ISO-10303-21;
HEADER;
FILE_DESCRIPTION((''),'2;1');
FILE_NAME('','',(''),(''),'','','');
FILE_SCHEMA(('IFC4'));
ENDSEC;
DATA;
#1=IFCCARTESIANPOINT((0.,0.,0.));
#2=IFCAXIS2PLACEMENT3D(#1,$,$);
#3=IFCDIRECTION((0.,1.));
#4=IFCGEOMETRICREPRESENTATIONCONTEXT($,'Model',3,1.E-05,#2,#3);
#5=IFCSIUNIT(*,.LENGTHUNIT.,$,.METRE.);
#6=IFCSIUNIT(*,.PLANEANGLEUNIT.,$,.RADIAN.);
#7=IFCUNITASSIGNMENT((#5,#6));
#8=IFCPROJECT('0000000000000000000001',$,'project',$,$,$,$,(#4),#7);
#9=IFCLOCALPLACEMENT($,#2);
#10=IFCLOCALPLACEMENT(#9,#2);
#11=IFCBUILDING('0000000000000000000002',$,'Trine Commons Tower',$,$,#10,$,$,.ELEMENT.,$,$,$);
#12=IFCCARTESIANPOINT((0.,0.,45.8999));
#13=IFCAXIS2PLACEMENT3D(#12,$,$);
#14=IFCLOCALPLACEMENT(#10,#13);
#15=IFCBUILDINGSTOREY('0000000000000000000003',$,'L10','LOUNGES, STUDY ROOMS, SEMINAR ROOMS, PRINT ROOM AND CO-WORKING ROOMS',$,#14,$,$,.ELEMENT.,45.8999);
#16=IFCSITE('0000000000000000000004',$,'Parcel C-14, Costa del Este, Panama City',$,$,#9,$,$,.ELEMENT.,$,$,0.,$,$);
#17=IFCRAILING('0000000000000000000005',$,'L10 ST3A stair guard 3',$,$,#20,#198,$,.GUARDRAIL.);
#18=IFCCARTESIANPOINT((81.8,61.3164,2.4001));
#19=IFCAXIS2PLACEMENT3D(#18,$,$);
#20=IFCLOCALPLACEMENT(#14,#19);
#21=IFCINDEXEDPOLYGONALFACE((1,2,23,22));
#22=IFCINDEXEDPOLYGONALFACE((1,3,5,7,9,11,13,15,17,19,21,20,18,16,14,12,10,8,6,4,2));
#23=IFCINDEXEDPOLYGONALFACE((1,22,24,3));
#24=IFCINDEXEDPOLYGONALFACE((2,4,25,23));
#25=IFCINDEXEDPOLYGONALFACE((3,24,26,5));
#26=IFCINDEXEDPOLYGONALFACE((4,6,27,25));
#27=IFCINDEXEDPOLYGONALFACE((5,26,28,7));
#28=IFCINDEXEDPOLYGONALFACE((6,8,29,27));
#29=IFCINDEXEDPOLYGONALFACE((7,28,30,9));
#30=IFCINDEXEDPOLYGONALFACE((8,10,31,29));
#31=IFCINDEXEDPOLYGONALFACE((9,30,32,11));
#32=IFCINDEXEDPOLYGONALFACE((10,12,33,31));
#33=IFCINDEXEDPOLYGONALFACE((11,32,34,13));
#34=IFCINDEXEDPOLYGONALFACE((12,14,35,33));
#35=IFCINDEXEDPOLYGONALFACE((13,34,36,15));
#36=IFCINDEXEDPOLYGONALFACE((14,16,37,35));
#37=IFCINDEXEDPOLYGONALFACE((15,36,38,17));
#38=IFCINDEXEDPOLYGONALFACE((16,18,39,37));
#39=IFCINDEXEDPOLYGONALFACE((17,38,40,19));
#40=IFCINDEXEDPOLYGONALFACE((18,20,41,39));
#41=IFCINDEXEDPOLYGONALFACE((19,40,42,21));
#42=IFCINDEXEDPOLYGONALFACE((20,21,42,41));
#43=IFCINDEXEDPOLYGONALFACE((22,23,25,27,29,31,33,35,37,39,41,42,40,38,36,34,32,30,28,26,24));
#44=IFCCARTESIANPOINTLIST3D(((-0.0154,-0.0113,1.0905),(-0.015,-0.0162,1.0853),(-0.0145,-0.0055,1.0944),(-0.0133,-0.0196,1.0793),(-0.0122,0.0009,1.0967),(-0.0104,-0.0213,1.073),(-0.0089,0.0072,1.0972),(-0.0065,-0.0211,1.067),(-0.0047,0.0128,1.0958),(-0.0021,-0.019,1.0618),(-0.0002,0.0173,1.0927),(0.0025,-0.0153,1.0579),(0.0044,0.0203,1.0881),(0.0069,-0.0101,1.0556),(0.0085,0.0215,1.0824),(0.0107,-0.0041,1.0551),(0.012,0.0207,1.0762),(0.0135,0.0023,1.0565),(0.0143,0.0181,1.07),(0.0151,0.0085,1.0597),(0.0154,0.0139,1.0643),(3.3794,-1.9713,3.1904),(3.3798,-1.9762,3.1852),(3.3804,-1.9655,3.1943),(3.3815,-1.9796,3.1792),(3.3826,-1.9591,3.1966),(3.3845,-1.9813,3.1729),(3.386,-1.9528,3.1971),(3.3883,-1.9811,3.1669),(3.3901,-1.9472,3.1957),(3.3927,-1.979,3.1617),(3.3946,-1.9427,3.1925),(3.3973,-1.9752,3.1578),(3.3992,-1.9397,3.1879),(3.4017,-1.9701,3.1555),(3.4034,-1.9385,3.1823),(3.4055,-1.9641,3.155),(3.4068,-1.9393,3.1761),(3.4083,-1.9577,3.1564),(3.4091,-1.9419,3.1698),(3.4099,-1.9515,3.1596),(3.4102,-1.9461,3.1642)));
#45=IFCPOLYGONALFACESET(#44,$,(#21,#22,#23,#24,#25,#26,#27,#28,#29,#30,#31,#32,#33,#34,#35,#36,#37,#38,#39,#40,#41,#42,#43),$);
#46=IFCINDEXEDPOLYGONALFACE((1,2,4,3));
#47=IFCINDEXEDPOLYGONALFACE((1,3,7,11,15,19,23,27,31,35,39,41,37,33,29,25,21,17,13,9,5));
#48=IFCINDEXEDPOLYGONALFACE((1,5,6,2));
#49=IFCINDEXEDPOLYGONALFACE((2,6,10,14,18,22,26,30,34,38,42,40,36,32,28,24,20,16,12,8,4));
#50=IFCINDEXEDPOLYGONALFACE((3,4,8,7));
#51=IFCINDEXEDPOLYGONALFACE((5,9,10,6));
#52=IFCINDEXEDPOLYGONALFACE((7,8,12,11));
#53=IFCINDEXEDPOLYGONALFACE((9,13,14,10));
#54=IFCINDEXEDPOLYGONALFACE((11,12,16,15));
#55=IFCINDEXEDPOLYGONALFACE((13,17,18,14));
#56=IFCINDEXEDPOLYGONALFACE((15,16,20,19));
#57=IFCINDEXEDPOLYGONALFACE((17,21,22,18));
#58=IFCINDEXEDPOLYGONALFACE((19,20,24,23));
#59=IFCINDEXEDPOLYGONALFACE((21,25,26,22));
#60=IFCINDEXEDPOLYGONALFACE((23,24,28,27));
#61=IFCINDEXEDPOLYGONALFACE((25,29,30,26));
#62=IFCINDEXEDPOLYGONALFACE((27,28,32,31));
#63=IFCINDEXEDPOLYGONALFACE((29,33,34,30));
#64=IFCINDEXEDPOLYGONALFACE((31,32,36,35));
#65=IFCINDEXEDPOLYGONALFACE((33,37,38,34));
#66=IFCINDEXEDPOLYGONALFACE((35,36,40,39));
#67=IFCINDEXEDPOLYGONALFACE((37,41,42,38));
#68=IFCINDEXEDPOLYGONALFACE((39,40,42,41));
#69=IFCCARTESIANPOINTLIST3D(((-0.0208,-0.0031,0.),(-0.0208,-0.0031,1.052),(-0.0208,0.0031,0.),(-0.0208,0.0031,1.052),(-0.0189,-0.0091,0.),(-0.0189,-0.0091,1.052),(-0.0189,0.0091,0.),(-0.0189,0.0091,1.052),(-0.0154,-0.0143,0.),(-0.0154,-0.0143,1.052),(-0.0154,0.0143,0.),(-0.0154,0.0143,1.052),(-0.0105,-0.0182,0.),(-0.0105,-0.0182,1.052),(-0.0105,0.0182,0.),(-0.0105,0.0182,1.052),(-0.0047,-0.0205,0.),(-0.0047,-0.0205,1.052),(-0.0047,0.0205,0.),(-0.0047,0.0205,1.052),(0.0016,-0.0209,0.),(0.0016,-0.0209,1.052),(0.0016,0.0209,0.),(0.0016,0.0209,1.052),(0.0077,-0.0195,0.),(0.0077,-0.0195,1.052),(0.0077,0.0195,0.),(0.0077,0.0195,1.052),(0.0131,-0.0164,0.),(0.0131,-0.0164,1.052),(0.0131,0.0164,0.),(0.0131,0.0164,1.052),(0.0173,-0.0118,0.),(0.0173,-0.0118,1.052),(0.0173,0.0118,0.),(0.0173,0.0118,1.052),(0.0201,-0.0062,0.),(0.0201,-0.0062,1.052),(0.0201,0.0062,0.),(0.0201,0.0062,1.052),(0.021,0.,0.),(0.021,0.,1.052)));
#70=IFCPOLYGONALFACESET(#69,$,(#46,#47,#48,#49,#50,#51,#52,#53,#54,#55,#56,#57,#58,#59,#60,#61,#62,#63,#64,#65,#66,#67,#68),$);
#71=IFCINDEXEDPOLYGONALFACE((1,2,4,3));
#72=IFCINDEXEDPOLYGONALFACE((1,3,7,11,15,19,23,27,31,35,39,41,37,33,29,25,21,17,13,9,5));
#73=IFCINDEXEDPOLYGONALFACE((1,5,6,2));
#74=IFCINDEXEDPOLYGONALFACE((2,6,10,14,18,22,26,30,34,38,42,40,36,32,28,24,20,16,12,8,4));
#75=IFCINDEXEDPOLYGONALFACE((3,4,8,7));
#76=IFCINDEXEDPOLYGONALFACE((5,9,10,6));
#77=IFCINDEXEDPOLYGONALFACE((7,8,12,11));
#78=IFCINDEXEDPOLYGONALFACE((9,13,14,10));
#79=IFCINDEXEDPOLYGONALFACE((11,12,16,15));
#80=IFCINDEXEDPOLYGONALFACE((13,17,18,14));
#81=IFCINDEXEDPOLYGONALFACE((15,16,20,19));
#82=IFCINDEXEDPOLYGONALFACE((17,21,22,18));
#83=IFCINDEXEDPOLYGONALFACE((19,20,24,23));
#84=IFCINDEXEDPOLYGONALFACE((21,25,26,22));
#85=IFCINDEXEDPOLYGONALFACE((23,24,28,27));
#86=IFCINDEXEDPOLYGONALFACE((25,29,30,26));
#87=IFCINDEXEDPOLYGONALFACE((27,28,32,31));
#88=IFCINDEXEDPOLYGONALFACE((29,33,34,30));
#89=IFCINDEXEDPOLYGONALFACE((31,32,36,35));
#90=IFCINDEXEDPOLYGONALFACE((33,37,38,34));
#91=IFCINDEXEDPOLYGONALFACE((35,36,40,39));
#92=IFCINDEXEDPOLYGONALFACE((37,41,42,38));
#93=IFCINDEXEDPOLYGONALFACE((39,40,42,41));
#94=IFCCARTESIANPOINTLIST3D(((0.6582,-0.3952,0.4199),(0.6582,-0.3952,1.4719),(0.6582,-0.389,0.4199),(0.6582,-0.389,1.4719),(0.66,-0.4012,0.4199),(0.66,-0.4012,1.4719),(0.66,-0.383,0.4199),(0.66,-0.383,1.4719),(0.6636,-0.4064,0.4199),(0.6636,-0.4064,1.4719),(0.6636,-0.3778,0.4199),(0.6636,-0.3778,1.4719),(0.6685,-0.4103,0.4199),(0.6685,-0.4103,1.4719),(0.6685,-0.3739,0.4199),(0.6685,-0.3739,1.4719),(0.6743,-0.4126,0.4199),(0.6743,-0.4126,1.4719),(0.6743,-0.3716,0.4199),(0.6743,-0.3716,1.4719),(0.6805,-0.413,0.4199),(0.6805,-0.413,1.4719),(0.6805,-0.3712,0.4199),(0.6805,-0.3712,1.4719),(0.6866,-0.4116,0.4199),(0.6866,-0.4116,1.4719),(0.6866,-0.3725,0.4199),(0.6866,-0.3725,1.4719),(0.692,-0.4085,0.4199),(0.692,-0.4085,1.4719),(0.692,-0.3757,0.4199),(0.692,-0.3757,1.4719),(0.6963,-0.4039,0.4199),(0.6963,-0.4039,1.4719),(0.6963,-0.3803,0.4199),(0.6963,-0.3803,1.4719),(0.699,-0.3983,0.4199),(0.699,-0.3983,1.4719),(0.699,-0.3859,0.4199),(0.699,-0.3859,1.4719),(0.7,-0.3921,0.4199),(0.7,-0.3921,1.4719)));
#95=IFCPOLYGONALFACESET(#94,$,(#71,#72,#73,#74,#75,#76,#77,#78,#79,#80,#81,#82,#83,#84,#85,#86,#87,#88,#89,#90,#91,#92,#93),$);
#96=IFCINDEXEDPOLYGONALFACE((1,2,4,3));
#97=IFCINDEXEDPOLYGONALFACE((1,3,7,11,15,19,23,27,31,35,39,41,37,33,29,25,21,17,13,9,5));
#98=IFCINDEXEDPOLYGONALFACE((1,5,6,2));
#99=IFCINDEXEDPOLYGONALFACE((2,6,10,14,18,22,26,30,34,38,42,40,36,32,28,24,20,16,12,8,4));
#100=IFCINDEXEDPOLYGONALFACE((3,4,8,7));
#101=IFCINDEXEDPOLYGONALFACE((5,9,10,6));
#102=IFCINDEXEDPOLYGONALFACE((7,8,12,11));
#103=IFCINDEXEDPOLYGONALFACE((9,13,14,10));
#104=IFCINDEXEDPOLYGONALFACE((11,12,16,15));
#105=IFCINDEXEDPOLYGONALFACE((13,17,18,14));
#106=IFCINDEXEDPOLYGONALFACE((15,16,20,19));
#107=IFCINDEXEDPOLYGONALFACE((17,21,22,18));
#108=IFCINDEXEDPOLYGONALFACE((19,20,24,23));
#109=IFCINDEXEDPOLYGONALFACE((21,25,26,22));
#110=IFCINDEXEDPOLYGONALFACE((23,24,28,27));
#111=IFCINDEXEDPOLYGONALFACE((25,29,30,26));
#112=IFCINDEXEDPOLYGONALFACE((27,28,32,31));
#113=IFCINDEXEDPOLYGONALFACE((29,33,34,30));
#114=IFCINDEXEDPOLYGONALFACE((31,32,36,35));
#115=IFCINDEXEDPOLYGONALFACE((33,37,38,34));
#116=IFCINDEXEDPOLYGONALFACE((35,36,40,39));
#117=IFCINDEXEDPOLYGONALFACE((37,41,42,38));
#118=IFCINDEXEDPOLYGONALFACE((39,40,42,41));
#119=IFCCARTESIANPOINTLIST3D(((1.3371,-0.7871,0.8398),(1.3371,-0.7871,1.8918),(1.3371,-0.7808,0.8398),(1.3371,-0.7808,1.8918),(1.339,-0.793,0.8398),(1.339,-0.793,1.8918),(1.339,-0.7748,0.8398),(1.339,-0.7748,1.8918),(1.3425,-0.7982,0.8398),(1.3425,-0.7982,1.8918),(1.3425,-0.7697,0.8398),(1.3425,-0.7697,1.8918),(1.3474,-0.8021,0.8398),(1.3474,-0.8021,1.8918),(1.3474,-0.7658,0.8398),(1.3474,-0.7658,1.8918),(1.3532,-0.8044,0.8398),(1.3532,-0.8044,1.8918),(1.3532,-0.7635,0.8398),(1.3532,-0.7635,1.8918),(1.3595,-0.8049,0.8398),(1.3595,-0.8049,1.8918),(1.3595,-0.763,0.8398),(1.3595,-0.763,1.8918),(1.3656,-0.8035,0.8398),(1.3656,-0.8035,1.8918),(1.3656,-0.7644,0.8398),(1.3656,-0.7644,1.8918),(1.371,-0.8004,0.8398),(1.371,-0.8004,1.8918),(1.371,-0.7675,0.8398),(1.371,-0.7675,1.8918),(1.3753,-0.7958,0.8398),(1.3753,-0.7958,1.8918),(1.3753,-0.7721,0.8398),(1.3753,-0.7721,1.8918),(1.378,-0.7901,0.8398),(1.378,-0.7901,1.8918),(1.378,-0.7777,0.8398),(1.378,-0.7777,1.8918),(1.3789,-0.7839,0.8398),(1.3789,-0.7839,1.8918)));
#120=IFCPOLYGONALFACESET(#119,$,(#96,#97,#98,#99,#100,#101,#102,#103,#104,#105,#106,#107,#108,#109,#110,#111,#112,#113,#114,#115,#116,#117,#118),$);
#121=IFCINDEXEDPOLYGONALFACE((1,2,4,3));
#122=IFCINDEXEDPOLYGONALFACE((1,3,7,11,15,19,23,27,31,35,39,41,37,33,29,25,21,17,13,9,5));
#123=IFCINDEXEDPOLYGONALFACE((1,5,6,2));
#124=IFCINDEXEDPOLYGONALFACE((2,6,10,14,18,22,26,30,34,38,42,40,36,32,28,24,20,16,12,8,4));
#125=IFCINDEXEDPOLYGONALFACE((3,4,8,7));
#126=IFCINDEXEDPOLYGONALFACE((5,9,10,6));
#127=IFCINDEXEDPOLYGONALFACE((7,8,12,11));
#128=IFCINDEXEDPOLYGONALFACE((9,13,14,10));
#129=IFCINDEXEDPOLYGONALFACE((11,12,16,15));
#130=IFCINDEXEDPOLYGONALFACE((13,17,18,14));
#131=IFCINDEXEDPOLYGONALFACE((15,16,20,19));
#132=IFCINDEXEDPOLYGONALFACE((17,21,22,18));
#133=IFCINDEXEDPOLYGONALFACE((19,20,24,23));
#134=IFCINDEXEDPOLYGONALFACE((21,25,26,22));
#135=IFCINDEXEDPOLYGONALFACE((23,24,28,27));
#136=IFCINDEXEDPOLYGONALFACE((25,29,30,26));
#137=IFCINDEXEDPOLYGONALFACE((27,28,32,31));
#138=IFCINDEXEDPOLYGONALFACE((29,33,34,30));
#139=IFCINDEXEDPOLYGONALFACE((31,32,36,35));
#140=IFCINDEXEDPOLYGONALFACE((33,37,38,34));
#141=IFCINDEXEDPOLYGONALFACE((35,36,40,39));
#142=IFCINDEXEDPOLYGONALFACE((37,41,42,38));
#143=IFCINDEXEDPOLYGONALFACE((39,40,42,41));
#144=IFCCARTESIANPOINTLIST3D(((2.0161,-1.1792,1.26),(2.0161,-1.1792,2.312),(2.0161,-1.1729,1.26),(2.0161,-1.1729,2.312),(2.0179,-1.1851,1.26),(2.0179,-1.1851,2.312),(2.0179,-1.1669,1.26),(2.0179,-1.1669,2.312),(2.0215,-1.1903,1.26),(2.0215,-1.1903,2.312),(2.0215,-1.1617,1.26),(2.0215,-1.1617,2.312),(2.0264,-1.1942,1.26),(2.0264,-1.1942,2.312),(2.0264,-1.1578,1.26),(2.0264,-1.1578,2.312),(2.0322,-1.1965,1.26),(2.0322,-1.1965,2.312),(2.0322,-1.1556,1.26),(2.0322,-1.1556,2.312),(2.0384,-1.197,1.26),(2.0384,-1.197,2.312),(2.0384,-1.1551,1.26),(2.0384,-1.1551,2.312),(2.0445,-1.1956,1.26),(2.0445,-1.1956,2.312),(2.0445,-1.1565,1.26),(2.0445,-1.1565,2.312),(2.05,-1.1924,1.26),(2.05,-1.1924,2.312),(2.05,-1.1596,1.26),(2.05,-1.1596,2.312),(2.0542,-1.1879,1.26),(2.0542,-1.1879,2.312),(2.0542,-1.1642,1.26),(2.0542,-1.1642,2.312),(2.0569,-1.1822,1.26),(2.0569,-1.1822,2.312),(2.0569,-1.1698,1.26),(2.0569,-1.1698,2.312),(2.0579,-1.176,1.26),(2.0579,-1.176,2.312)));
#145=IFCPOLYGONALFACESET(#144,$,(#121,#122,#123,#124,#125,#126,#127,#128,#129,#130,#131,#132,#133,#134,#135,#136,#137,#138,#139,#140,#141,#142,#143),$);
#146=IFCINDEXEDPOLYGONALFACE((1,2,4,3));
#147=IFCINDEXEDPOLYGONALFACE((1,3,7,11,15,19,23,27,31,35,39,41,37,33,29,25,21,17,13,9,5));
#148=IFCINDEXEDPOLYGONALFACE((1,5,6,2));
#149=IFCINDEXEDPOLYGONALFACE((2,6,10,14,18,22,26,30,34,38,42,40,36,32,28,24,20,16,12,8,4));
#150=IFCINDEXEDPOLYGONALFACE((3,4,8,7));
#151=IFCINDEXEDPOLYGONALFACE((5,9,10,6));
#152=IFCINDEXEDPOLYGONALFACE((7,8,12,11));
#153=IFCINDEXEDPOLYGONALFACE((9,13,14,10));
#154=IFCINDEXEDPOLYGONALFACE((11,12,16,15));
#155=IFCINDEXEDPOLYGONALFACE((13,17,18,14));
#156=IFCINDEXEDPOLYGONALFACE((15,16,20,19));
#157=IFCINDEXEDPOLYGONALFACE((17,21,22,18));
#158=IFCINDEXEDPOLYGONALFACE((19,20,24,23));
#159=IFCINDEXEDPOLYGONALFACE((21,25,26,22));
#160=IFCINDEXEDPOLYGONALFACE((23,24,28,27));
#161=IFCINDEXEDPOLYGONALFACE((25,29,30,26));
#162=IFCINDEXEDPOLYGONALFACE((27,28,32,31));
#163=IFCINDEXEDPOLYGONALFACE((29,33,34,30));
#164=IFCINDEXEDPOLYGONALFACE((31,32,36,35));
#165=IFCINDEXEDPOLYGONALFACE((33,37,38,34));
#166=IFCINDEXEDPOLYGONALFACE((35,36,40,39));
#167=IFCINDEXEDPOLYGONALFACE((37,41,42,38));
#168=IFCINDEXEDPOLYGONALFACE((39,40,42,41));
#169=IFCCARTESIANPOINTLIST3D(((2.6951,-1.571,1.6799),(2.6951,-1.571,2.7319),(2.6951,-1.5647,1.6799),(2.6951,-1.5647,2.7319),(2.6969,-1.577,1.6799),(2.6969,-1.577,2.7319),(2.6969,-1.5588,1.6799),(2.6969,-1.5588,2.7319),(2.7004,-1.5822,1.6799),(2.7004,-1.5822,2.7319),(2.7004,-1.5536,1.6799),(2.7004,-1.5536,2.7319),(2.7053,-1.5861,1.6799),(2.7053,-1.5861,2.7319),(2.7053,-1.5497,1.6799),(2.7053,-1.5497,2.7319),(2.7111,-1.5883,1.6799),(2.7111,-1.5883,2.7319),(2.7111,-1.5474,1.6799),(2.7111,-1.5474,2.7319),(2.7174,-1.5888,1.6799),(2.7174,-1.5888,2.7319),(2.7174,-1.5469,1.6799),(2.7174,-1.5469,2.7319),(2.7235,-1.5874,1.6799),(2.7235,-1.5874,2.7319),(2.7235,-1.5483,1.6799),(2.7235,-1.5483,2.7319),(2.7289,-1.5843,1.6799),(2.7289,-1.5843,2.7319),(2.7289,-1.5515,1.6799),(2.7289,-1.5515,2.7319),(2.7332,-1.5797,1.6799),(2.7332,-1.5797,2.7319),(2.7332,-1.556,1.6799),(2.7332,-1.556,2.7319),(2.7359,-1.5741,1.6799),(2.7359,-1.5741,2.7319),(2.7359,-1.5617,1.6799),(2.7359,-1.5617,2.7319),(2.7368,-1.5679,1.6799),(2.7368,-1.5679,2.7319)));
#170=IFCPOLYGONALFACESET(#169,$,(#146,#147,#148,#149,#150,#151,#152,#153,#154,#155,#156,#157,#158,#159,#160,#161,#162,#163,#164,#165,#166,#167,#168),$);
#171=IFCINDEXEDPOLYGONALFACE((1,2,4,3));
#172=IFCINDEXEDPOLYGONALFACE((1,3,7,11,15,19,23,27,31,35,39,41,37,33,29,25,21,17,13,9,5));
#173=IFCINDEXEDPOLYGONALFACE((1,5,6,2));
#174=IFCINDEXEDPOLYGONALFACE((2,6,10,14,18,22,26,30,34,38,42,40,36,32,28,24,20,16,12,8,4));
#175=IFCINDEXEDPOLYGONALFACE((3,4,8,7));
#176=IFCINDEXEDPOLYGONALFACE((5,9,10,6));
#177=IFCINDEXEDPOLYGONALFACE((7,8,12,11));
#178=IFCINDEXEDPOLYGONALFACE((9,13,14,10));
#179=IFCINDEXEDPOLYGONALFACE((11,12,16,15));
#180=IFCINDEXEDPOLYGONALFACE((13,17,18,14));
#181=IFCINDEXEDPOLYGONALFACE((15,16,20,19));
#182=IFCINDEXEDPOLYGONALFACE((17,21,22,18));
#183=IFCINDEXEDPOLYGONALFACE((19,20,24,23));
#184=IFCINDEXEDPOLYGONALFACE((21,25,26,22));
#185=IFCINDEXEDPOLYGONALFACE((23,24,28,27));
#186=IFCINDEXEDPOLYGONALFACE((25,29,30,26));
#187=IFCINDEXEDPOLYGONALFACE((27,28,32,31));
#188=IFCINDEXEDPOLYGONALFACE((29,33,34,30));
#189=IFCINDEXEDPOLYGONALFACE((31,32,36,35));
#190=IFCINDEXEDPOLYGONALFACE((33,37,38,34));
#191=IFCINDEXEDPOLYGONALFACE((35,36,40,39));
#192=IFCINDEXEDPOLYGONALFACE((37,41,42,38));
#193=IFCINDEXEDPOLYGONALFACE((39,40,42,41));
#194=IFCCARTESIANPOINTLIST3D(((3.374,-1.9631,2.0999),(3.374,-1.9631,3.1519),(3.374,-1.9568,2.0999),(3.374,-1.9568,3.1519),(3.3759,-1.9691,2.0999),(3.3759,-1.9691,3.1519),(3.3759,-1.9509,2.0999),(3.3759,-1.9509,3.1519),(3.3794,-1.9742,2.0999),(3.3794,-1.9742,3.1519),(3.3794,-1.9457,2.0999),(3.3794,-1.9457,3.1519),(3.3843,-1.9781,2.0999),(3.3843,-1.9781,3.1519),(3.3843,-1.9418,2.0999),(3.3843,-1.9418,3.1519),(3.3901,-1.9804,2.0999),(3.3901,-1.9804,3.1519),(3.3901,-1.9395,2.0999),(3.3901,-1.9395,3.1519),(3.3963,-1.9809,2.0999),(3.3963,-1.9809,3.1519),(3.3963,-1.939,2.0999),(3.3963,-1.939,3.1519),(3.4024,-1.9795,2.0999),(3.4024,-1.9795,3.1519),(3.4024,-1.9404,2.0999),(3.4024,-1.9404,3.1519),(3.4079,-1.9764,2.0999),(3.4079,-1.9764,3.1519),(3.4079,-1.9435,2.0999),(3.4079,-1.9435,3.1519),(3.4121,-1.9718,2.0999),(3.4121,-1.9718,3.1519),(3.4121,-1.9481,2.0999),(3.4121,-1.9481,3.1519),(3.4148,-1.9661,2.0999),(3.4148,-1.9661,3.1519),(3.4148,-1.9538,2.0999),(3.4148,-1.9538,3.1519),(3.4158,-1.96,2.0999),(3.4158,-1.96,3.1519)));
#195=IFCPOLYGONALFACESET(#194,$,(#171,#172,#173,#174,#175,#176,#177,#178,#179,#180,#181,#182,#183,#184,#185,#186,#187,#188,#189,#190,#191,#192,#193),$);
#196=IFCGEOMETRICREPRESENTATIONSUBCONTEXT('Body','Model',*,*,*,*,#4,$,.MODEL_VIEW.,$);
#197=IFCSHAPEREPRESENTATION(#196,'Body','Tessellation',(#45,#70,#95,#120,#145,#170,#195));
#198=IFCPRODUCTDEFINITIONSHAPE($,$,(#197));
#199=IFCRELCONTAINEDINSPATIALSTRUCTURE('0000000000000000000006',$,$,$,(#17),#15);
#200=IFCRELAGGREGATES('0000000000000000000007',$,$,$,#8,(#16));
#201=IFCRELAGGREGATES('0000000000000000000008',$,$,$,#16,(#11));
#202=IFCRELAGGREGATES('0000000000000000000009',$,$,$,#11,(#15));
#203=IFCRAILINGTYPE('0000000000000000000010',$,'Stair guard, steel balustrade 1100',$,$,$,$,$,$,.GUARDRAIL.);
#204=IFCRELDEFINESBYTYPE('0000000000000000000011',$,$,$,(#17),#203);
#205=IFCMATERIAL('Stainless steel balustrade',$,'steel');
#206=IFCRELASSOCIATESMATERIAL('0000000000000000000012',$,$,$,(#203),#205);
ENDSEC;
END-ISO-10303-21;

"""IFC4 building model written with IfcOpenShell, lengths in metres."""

from ifc_helpers import new_model, si_unit, direction, frame, origin, origin_2d, place, context, subcontext, project, spatial, circle, extrude, material, type_object, element, save


model = new_model("IFC4")

# Units and contexts
model_context = context("Model", 3, precision=1e-05, world=origin(), true_north=direction((0.0, 1.0)))
body_context = subcontext(model_context, "Body", "Model", "MODEL_VIEW")
ifc_project = project(units=[si_unit("LENGTHUNIT", "METRE"), si_unit("PLANEANGLEUNIT", "RADIAN")], contexts=[model_context])

# Site, building, storey
site_placement = place(None, origin())
site = spatial("IfcSite", under=ifc_project, at=site_placement, Name="Parcel C-14, Costa del Este, Panama City", CompositionType="ELEMENT", RefElevation=0.0)
building_placement = place(site_placement, origin())
building = spatial("IfcBuilding", under=site, at=building_placement, Name="Trine Commons Tower", CompositionType="ELEMENT")
storey_placement = place(building_placement, frame((0.0, 0.0, 45.8999)))
storey = spatial("IfcBuildingStorey", under=building, at=storey_placement, Name="L10", Description="LOUNGES, STUDY ROOMS, SEMINAR ROOMS, PRINT ROOM AND CO-WORKING ROOMS", CompositionType="ELEMENT", Elevation=45.8999)

# Railing
ifc_material_1 = material(Name="Stainless steel balustrade", Category="steel")
railing_type_1 = type_object("IfcRailingType", Name="Stair guard, steel balustrade 1100", PredefinedType="GUARDRAIL", material=ifc_material_1)
railing_1_placement = place(storey_placement, frame((81.8, 61.3164, 2.4001)))
element("IfcRailing", 1, at=railing_1_placement, inside=storey, type_object=railing_type_1, Name="L10 ST3A stair guard 3", PredefinedType="GUARDRAIL", context=body_context, shape_type="SweptSolid", body=[
    extrude(circle(Radius=0.0239, at=origin_2d()), frame((0.0, 0.0, 1.0762), z_axis=(0.763395, -0.440743, 0.472201), x_axis=(0.499997, 0.866027, 0.0)), (0.0, 0.0, 1.0), 4.447),
    extrude(circle(Radius=0.021, at=origin_2d()), origin(), (0.0, 0.0, 1.0), 1.052),
    extrude(circle(Radius=0.021, at=origin_2d()), frame((0.679, -0.3921, 0.4199)), (0.0, 0.0, 1.0), 1.052),
    extrude(circle(Radius=0.021, at=origin_2d()), frame((1.3579, -0.7839, 0.8398)), (0.0, 0.0, 1.0), 1.052),
    extrude(circle(Radius=0.021, at=origin_2d()), frame((2.0369, -1.176, 1.26)), (0.0, 0.0, 1.0), 1.052),
    extrude(circle(Radius=0.021, at=origin_2d()), frame((2.7158, -1.5679, 1.6799)), (0.0, 0.0, 1.0), 1.052),
    extrude(circle(Radius=0.021, at=origin_2d()), frame((3.3948, -1.96, 2.0999)), (0.0, 0.0, 1.0), 1.052),
])

save(model, "model.ifc")
